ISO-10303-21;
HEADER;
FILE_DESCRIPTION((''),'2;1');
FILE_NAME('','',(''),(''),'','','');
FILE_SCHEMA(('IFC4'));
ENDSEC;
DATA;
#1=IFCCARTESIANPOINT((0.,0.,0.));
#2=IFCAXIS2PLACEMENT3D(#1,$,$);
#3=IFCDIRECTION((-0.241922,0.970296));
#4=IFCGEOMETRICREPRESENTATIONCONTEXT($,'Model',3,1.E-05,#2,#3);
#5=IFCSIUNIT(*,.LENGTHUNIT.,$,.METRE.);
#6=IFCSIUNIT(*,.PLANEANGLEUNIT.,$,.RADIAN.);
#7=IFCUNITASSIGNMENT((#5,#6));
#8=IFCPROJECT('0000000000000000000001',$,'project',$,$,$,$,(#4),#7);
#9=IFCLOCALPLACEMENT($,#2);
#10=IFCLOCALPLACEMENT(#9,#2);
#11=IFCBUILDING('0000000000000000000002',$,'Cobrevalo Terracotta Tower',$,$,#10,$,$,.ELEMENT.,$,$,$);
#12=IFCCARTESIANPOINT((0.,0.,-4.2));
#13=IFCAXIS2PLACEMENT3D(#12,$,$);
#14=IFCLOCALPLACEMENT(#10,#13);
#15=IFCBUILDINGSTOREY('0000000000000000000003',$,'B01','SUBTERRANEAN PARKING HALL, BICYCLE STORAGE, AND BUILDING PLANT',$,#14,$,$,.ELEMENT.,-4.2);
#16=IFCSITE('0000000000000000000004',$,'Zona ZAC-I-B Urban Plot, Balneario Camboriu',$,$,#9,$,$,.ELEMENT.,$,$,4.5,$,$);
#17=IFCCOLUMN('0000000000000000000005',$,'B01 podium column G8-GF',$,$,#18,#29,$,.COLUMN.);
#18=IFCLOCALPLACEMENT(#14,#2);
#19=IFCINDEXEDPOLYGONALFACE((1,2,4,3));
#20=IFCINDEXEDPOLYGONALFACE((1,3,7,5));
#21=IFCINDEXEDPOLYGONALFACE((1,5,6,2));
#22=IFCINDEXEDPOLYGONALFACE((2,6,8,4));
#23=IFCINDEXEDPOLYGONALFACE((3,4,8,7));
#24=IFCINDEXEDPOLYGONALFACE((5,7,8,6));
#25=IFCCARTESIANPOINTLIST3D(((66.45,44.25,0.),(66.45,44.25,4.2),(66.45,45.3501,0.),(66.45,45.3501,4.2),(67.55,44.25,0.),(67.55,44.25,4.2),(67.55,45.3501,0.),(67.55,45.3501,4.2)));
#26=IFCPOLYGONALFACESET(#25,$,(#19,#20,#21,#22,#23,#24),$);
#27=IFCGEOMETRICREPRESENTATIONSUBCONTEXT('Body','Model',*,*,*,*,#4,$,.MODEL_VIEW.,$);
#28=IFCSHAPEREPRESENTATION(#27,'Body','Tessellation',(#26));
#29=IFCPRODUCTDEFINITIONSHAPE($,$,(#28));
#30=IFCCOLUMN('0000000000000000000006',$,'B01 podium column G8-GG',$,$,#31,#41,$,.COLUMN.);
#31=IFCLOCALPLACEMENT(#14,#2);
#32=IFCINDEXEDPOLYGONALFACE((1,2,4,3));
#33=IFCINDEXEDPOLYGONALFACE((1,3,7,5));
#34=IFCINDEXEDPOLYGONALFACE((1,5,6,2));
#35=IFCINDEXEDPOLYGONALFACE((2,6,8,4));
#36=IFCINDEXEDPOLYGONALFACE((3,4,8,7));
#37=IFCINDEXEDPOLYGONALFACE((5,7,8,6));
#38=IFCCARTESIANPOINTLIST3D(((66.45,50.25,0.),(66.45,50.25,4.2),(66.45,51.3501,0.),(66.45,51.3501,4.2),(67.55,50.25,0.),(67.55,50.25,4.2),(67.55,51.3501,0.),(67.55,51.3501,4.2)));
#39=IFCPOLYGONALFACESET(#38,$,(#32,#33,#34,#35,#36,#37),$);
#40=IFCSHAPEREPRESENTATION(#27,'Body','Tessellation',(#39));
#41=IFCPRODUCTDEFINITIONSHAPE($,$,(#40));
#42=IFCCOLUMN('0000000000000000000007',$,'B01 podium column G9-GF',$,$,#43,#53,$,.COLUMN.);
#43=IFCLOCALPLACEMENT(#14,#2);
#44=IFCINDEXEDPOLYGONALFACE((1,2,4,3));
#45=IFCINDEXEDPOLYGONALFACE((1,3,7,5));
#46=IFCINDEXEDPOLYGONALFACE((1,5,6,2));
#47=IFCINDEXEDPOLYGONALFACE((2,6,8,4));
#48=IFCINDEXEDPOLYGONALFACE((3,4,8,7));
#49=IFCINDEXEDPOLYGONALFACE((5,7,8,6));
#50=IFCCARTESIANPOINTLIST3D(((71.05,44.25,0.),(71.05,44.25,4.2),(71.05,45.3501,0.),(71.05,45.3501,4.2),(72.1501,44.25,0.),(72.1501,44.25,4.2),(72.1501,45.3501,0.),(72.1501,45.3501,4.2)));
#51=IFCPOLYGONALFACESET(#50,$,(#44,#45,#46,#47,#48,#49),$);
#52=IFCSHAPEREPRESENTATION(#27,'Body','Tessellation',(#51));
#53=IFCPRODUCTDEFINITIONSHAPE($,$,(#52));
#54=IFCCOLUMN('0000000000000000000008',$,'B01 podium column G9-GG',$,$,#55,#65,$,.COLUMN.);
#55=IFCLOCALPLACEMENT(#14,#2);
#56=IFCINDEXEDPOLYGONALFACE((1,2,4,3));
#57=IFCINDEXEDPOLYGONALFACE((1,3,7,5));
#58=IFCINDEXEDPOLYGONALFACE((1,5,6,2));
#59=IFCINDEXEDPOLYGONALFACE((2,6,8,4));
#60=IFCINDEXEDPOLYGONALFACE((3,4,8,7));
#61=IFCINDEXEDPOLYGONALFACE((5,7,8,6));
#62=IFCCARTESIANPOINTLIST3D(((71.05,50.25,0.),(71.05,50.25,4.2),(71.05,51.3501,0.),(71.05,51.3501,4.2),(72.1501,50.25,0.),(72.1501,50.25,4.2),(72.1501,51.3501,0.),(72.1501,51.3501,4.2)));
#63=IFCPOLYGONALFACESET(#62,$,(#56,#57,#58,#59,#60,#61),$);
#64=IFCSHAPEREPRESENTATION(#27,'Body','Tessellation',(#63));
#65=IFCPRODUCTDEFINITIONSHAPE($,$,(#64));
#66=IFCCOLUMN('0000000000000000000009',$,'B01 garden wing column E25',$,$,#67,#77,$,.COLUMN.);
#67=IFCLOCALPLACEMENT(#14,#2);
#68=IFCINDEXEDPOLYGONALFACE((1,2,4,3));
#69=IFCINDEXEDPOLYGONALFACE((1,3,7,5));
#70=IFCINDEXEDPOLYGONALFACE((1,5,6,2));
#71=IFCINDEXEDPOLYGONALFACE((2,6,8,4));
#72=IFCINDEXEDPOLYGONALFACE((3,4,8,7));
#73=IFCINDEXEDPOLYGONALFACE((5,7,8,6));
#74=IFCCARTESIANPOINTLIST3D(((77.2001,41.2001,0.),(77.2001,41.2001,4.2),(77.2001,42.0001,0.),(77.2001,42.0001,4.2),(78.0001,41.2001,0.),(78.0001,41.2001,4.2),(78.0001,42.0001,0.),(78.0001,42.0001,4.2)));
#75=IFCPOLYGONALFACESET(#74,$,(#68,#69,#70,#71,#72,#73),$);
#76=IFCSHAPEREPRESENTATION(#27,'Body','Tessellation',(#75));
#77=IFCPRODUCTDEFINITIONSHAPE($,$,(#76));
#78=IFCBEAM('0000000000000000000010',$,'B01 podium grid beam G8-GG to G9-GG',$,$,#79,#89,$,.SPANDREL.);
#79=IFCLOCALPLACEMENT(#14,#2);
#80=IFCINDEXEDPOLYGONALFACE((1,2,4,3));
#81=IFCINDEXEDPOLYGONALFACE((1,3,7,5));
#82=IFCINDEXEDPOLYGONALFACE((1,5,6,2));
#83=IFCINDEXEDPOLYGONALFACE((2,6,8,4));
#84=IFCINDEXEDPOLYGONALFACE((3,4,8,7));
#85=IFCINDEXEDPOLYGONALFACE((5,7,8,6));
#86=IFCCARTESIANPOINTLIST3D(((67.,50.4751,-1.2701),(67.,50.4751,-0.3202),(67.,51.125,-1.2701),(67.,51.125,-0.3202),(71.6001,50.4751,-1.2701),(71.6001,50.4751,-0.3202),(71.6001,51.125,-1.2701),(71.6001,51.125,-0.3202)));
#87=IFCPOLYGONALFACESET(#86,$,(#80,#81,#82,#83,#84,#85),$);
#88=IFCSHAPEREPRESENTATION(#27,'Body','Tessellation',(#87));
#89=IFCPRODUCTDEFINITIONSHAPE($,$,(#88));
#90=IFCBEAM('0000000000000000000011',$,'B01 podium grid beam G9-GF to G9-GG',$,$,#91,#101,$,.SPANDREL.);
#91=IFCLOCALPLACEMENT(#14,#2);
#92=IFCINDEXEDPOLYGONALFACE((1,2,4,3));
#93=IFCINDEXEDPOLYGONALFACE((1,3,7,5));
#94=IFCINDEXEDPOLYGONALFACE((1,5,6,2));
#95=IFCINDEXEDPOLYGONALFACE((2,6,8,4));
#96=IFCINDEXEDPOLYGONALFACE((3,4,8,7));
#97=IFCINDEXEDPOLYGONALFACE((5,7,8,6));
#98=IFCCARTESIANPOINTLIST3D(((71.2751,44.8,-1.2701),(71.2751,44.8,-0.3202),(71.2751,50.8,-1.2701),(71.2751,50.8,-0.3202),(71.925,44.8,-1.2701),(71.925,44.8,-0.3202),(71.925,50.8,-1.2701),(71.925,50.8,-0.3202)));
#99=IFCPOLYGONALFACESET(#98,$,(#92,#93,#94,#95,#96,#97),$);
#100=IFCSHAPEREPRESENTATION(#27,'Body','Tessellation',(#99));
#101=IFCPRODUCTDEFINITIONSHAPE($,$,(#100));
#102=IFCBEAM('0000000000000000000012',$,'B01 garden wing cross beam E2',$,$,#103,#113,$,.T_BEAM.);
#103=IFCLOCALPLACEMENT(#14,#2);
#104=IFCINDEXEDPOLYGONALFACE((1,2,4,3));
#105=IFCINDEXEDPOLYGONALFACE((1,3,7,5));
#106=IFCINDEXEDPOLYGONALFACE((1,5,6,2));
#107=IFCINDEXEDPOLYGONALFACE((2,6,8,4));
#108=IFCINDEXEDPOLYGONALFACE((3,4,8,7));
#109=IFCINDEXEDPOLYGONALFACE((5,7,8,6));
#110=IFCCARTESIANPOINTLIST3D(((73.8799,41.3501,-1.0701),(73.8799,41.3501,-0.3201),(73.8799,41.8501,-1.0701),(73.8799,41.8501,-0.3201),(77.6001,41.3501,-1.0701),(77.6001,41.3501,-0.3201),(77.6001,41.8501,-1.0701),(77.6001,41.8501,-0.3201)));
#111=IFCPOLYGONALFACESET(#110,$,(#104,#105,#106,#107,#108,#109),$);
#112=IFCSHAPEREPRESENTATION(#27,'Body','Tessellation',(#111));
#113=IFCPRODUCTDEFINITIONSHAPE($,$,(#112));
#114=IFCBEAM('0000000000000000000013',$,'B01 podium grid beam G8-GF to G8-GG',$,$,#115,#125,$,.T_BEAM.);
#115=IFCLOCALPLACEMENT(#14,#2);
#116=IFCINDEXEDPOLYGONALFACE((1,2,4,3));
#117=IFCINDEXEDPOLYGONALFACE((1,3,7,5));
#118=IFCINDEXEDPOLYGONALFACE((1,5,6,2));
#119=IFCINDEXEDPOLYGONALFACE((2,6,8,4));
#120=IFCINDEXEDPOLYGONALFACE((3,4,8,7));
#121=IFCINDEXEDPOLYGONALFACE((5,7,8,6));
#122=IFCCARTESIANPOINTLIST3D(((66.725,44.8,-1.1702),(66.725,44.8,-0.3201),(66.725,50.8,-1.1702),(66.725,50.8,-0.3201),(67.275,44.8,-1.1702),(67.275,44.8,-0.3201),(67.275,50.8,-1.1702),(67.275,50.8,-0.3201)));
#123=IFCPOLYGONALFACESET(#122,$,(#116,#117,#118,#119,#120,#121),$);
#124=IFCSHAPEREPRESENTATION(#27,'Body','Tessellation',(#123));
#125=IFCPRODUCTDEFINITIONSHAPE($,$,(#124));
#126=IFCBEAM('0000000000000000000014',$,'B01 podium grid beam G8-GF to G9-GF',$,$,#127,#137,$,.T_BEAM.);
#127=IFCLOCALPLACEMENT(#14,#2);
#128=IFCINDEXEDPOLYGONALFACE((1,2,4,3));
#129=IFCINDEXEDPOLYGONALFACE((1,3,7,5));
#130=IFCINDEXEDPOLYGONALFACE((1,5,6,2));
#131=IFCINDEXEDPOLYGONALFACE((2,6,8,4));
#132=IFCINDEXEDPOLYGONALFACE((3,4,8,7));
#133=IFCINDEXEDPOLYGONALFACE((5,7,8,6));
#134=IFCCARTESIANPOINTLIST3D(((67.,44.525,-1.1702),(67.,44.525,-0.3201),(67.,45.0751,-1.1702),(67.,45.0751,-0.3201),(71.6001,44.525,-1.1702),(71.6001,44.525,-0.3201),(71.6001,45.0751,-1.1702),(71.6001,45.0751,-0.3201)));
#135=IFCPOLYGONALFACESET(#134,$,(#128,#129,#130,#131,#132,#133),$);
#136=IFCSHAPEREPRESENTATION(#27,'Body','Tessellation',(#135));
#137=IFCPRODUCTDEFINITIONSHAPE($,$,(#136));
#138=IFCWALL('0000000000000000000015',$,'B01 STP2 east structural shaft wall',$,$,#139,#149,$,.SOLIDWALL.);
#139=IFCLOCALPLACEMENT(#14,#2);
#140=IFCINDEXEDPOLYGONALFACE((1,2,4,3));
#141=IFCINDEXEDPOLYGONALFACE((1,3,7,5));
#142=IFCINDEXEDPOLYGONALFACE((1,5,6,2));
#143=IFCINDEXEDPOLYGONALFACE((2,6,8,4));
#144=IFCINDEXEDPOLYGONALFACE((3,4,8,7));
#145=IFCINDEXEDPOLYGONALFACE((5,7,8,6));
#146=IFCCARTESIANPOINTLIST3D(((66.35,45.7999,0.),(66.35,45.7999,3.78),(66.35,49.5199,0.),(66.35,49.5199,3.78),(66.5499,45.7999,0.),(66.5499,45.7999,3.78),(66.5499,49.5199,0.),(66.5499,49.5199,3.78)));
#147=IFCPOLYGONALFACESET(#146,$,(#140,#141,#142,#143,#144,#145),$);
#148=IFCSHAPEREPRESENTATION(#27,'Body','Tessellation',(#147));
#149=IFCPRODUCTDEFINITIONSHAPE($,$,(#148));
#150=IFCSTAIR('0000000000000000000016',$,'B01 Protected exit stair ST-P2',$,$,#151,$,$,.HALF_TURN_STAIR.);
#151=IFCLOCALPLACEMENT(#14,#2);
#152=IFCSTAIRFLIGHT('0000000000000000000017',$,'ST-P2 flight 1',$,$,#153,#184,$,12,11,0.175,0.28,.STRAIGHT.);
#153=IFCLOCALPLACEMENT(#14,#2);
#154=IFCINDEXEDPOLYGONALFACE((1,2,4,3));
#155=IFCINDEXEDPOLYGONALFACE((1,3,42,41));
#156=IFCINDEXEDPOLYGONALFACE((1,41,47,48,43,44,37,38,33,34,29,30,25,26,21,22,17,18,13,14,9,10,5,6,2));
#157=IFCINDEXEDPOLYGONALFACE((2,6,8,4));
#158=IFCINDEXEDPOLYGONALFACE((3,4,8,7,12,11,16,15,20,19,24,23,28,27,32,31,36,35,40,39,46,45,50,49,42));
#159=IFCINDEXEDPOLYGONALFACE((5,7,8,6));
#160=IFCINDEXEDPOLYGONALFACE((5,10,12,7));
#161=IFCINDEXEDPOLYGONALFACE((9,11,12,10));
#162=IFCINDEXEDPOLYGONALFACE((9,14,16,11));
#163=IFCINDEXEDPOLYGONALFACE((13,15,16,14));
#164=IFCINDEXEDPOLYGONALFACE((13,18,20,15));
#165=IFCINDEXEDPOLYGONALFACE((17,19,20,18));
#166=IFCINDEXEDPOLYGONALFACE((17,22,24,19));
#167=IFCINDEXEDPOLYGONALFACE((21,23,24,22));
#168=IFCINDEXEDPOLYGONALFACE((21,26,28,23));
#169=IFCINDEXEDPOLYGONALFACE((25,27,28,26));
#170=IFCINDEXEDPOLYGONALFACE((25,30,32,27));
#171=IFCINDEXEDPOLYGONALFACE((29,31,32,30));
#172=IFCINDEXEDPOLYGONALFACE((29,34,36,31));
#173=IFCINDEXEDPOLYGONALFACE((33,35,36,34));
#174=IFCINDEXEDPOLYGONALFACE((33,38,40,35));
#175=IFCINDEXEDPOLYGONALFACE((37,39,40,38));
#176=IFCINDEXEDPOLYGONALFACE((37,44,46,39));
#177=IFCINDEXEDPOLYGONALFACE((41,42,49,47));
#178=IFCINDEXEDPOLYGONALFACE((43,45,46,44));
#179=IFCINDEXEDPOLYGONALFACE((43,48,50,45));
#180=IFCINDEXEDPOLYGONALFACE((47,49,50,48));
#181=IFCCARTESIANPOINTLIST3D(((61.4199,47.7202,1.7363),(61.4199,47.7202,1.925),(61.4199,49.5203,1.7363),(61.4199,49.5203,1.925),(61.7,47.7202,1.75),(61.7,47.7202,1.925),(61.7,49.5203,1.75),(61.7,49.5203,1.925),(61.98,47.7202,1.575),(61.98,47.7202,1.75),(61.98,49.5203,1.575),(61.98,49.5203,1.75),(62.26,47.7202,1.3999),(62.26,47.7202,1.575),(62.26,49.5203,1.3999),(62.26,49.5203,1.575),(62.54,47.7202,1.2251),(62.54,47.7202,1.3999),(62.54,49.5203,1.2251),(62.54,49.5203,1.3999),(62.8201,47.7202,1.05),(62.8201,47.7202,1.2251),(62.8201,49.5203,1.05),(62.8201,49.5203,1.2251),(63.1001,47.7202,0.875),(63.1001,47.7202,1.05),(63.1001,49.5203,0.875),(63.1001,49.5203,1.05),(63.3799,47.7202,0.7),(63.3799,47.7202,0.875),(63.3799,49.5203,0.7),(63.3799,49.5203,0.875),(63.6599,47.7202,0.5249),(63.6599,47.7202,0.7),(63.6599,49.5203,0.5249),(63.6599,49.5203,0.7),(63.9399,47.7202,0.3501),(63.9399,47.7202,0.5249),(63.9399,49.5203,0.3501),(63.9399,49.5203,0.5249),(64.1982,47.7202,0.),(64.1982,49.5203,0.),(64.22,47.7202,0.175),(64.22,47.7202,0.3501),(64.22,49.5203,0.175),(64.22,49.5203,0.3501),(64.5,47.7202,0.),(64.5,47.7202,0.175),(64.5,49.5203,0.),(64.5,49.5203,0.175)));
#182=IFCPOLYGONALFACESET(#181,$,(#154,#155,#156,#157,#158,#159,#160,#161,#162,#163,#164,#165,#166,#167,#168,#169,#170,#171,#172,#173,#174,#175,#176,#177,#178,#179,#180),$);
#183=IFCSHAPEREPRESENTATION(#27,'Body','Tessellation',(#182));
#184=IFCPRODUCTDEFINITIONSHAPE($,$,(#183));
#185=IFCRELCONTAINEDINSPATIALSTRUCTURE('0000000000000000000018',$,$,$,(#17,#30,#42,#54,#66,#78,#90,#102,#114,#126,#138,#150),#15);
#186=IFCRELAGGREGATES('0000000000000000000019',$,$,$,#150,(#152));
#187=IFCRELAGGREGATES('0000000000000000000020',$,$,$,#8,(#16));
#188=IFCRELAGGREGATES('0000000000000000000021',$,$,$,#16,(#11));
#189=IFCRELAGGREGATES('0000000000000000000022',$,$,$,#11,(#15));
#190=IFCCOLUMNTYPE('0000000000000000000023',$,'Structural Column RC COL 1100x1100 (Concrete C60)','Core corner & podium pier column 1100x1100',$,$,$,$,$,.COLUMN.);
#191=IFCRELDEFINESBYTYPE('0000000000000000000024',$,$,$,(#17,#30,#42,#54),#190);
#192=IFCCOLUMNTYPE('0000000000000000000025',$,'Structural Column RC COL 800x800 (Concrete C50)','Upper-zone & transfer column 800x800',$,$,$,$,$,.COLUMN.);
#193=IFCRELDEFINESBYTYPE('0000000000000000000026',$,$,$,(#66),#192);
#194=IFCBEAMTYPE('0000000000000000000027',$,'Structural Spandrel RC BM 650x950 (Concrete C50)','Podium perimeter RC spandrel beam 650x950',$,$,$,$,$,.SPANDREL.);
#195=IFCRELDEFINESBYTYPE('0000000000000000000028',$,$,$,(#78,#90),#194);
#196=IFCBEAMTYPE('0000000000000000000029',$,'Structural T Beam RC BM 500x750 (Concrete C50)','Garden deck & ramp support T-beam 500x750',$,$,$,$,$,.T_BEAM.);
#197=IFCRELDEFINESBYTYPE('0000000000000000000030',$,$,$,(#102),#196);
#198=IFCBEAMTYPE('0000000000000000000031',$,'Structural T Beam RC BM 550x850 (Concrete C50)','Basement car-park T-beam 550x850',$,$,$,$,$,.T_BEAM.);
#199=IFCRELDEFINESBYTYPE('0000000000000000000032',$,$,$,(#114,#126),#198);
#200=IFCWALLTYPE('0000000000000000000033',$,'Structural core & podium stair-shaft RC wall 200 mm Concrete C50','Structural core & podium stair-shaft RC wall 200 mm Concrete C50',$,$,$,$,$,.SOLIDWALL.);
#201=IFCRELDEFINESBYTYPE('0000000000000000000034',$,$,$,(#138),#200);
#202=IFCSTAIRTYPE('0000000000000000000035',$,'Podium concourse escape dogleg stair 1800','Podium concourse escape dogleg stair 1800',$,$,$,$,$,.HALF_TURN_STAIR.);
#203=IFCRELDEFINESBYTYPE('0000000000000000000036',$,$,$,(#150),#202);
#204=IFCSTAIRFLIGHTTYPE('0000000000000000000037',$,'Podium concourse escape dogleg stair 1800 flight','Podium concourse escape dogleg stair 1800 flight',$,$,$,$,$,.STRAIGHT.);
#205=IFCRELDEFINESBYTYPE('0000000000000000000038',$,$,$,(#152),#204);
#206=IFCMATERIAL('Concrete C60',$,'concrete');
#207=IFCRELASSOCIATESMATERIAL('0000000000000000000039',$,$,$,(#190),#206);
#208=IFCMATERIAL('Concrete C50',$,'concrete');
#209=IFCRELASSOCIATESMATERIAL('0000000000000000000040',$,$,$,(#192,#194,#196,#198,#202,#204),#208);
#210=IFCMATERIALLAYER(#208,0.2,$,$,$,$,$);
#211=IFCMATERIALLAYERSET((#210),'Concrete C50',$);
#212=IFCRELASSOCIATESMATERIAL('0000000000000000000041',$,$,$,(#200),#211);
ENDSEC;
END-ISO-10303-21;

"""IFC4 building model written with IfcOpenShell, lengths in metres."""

from ifc_helpers import new_model, si_unit, direction, frame, frame_2d, origin, origin_2d, place, context, subcontext, project, spatial, polyline, rectangle, outline, extrude, material, layer, layer_set, material_profile, profile_set, type_object, element, aggregate, save


model = new_model("IFC4")

# Units and contexts
model_context = context("Model", 3, precision=1e-05, world=origin(), true_north=direction((-0.241922, 0.970296)))
body_context = subcontext(model_context, "Body", "Model", "MODEL_VIEW")
ifc_project = project(units=[si_unit("LENGTHUNIT", "METRE"), si_unit("PLANEANGLEUNIT", "RADIAN")], contexts=[model_context])

# Site, building, storey
site_placement = place(None, origin())
site = spatial("IfcSite", under=ifc_project, at=site_placement, Name="Zona ZAC-I-B Urban Plot, Balneario Camboriu", CompositionType="ELEMENT", RefElevation=4.5)
building_placement = place(site_placement, origin())
building = spatial("IfcBuilding", under=site, at=building_placement, Name="Cobrevalo Terracotta Tower", CompositionType="ELEMENT")
storey_placement = place(building_placement, frame((0.0, 0.0, -4.2)))
storey = spatial("IfcBuildingStorey", under=building, at=storey_placement, Name="B01", Description="SUBTERRANEAN PARKING HALL, BICYCLE STORAGE, AND BUILDING PLANT", CompositionType="ELEMENT", Elevation=-4.2)

# Columns
ifc_material_1 = material(Name="Concrete C60", Category="concrete")
ifc_material_profile_1 = material_profile(ifc_material_1, rectangle(XDim=1.1001, YDim=1.1001, at=origin_2d()), Name="RC COL 1100x1100")
ifc_profile_set_1 = profile_set([ifc_material_profile_1], Name="Concrete C60")
column_type_1 = type_object("IfcColumnType", Name="Structural Column RC COL 1100x1100 (Concrete C60)", Description="Core corner & podium pier column 1100x1100", PredefinedType="COLUMN", material=ifc_profile_set_1)
for number, where, z_axis, x_axis, name in (
    (1, (67.0, 44.8, 0.0), (0.0, 0.0, 1.0), (1.0, 0.0, 0.0), "B01 podium column G8-GF"),
    (2, (67.0, 50.8, 0.0), (0.0, 0.0, 1.0), (1.0, 0.0, 0.0), "B01 podium column G8-GG"),
    (3, (71.6001, 44.8, 0.0), (0.0, 0.0, 1.0), (1.0, 0.0, 0.0), "B01 podium column G9-GF"),
    (4, (71.6001, 50.8, 0.0), (0.0, 0.0, 1.0), (1.0, 0.0, 0.0), "B01 podium column G9-GG"),
):
    element("IfcColumn", number, at=place(storey_placement, frame(where, z_axis=z_axis, x_axis=x_axis)), inside=storey, type_object=column_type_1, Name=name, PredefinedType="COLUMN", context=body_context, shape_type="SweptSolid", body=[
        extrude(rectangle(XDim=1.1001, YDim=1.1001, at=origin_2d()), origin(), (0.0, 0.0, 1.0), 4.2),
    ])
ifc_material_2 = material(Name="Concrete C50", Category="concrete")
ifc_material_profile_2 = material_profile(ifc_material_2, rectangle(XDim=0.8, YDim=0.8, at=origin_2d()), Name="RC COL 800x800")
ifc_profile_set_2 = profile_set([ifc_material_profile_2], Name="Concrete C50")
column_type_2 = type_object("IfcColumnType", Name="Structural Column RC COL 800x800 (Concrete C50)", Description="Upper-zone & transfer column 800x800", PredefinedType="COLUMN", material=ifc_profile_set_2)
column_placement = place(storey_placement, frame((77.6001, 41.6001, 0.0), z_axis=(0.0, 0.0, 1.0), x_axis=(1.0, 0.0, 0.0)))
element("IfcColumn", 5, at=column_placement, inside=storey, type_object=column_type_2, Name="B01 garden wing column E25", PredefinedType="COLUMN", context=body_context, shape_type="SweptSolid", body=[
    extrude(rectangle(XDim=0.8, YDim=0.8, at=origin_2d()), origin(), (0.0, 0.0, 1.0), 4.2),
])

# Beams
ifc_material_profile_3 = material_profile(ifc_material_2, rectangle(XDim=0.6499, YDim=0.95, at=origin_2d()), Name="RC BM 650x950")
ifc_profile_set_3 = profile_set([ifc_material_profile_3], Name="Concrete C50")
beam_type_1 = type_object("IfcBeamType", Name="Structural Spandrel RC BM 650x950 (Concrete C50)", Description="Podium perimeter RC spandrel beam 650x950", PredefinedType="SPANDREL", material=ifc_profile_set_3)
beam_1_placement = place(storey_placement, frame((67.0, 50.8, -0.7952), z_axis=(1.0, 0.0, 0.0), x_axis=(0.0, 1.0, 0.0)))
element("IfcBeam", 6, at=beam_1_placement, inside=storey, type_object=beam_type_1, Name="B01 podium grid beam G8-GG to G9-GG", PredefinedType="SPANDREL", context=body_context, shape_type="SweptSolid", body=[
    extrude(rectangle(XDim=0.6499, YDim=0.95, at=origin_2d()), origin(), (0.0, 0.0, 1.0), 4.6001),
])
beam_2_placement = place(storey_placement, frame((71.6001, 44.8, -0.7952), z_axis=(0.0, 1.0, 0.0), x_axis=(-1.0, 0.0, 0.0)))
element("IfcBeam", 7, at=beam_2_placement, inside=storey, type_object=beam_type_1, Name="B01 podium grid beam G9-GF to G9-GG", PredefinedType="SPANDREL", context=body_context, shape_type="SweptSolid", body=[
    extrude(rectangle(XDim=0.6499, YDim=0.95, at=origin_2d()), origin(), (0.0, 0.0, 1.0), 6.0),
])
ifc_material_profile_4 = material_profile(ifc_material_2, rectangle(XDim=0.5, YDim=0.75, at=origin_2d()), Name="RC BM 500x750")
ifc_profile_set_4 = profile_set([ifc_material_profile_4], Name="Concrete C50")
beam_type_2 = type_object("IfcBeamType", Name="Structural T Beam RC BM 500x750 (Concrete C50)", Description="Garden deck & ramp support T-beam 500x750", PredefinedType="T_BEAM", material=ifc_profile_set_4)
beam_3_placement = place(storey_placement, frame((73.8799, 41.6001, -0.6951), z_axis=(1.0, 0.0, 0.0), x_axis=(0.0, 1.0, 0.0)))
element("IfcBeam", 8, at=beam_3_placement, inside=storey, type_object=beam_type_2, Name="B01 garden wing cross beam E2", PredefinedType="T_BEAM", context=body_context, shape_type="SweptSolid", body=[
    extrude(rectangle(XDim=0.5, YDim=0.75, at=origin_2d()), origin(), (0.0, 0.0, 1.0), 3.7202),
])
ifc_material_profile_5 = material_profile(ifc_material_2, rectangle(XDim=0.55, YDim=0.8501, at=origin_2d()), Name="RC BM 550x850")
ifc_profile_set_5 = profile_set([ifc_material_profile_5], Name="Concrete C50")
beam_type_3 = type_object("IfcBeamType", Name="Structural T Beam RC BM 550x850 (Concrete C50)", Description="Basement car-park T-beam 550x850", PredefinedType="T_BEAM", material=ifc_profile_set_5)
beam_4_placement = place(storey_placement, frame((67.0, 44.8, -0.7451), z_axis=(0.0, 1.0, 0.0), x_axis=(-1.0, 0.0, 0.0)))
element("IfcBeam", 9, at=beam_4_placement, inside=storey, type_object=beam_type_3, Name="B01 podium grid beam G8-GF to G8-GG", PredefinedType="T_BEAM", context=body_context, shape_type="SweptSolid", body=[
    extrude(rectangle(XDim=0.55, YDim=0.8501, at=origin_2d()), origin(), (0.0, 0.0, 1.0), 6.0),
])
beam_5_placement = place(storey_placement, frame((67.0, 44.8, -0.7451), z_axis=(1.0, 0.0, 0.0), x_axis=(0.0, 1.0, 0.0)))
element("IfcBeam", 10, at=beam_5_placement, inside=storey, type_object=beam_type_3, Name="B01 podium grid beam G8-GF to G9-GF", PredefinedType="T_BEAM", context=body_context, shape_type="SweptSolid", body=[
    extrude(rectangle(XDim=0.55, YDim=0.8501, at=origin_2d()), origin(), (0.0, 0.0, 1.0), 4.6001),
])

# Wall
ifc_layer = layer(ifc_material_2, 0.2)
ifc_layer_set = layer_set([ifc_layer], Name="Concrete C50")
wall_type = type_object("IfcWallType", Name="Structural core & podium stair-shaft RC wall 200 mm Concrete C50", Description="Structural core & podium stair-shaft RC wall 200 mm Concrete C50", PredefinedType="SOLIDWALL", material=ifc_layer_set)
wall_placement = place(storey_placement, frame((66.45, 45.8, 0.0), z_axis=(0.0, 0.0, 1.0), x_axis=(0.0, 1.0, 0.0)))
element("IfcWall", 11, at=wall_placement, inside=storey, type_object=wall_type, Name="B01 STP2 east structural shaft wall", PredefinedType="SOLIDWALL", context=body_context, shape_type="SweptSolid", body=[
    extrude(rectangle(XDim=3.72, YDim=0.2, at=frame_2d((1.8599, 0.0))), origin(), (0.0, 0.0, 1.0), 3.78),
])

# Stair, stair flight
stair_type = type_object("IfcStairType", Name="Podium concourse escape dogleg stair 1800", Description="Podium concourse escape dogleg stair 1800", PredefinedType="HALF_TURN_STAIR", material=ifc_material_2)
stair_placement = place(storey_placement, origin())
stair = element("IfcStair", 12, at=stair_placement, inside=storey, type_object=stair_type, Name="B01 Protected exit stair ST-P2", PredefinedType="HALF_TURN_STAIR")
stair_flight_type = type_object("IfcStairFlightType", Name="Podium concourse escape dogleg stair 1800 flight", Description="Podium concourse escape dogleg stair 1800 flight", PredefinedType="STRAIGHT", material=ifc_material_2)
stair_flight_1_placement = place(storey_placement, frame((64.5, 48.6201, 0.0), z_axis=(0.0, 0.0, 1.0), x_axis=(-1.0, 0.0, 0.0)))
stair_flight_1 = element("IfcStairFlight", 13, at=stair_flight_1_placement, type_object=stair_flight_type, Name="ST-P2 flight 1", NumberOfRisers=12, NumberOfTreads=11, PredefinedType="STRAIGHT", RiserHeight=0.175, TreadLength=0.28, context=body_context, shape_type="SweptSolid", body=[
    extrude(outline(polyline([(0.0, 0.0), (0.0, 0.175), (0.28, 0.175), (0.28, 0.3501), (0.5601, 0.3501), (0.5601, 0.5249), (0.8401, 0.5249), (0.8401, 0.7), (1.1201, 0.7), (1.1201, 0.875), (1.3999, 0.875), (1.3999, 1.05), (1.6799, 1.05), (1.6799, 1.2251), (1.96, 1.2251), (1.96, 1.3999), (2.24, 1.3999), (2.24, 1.575), (2.52, 1.575), (2.52, 1.75), (2.8, 1.75), (2.8, 1.925), (3.0801, 1.925), (3.0801, 2.1001), (3.0801, 1.7363), (0.3018, 0.0), (0.0, 0.0)])), frame((0.0, 0.8999, 0.0), z_axis=(0.0, -1.0, 0.0), x_axis=(1.0, 0.0, 0.0)), (0.0, 0.0, 1.0), 1.8),
])
aggregate(stair, [stair_flight_1])

save(model, "model.ifc")
